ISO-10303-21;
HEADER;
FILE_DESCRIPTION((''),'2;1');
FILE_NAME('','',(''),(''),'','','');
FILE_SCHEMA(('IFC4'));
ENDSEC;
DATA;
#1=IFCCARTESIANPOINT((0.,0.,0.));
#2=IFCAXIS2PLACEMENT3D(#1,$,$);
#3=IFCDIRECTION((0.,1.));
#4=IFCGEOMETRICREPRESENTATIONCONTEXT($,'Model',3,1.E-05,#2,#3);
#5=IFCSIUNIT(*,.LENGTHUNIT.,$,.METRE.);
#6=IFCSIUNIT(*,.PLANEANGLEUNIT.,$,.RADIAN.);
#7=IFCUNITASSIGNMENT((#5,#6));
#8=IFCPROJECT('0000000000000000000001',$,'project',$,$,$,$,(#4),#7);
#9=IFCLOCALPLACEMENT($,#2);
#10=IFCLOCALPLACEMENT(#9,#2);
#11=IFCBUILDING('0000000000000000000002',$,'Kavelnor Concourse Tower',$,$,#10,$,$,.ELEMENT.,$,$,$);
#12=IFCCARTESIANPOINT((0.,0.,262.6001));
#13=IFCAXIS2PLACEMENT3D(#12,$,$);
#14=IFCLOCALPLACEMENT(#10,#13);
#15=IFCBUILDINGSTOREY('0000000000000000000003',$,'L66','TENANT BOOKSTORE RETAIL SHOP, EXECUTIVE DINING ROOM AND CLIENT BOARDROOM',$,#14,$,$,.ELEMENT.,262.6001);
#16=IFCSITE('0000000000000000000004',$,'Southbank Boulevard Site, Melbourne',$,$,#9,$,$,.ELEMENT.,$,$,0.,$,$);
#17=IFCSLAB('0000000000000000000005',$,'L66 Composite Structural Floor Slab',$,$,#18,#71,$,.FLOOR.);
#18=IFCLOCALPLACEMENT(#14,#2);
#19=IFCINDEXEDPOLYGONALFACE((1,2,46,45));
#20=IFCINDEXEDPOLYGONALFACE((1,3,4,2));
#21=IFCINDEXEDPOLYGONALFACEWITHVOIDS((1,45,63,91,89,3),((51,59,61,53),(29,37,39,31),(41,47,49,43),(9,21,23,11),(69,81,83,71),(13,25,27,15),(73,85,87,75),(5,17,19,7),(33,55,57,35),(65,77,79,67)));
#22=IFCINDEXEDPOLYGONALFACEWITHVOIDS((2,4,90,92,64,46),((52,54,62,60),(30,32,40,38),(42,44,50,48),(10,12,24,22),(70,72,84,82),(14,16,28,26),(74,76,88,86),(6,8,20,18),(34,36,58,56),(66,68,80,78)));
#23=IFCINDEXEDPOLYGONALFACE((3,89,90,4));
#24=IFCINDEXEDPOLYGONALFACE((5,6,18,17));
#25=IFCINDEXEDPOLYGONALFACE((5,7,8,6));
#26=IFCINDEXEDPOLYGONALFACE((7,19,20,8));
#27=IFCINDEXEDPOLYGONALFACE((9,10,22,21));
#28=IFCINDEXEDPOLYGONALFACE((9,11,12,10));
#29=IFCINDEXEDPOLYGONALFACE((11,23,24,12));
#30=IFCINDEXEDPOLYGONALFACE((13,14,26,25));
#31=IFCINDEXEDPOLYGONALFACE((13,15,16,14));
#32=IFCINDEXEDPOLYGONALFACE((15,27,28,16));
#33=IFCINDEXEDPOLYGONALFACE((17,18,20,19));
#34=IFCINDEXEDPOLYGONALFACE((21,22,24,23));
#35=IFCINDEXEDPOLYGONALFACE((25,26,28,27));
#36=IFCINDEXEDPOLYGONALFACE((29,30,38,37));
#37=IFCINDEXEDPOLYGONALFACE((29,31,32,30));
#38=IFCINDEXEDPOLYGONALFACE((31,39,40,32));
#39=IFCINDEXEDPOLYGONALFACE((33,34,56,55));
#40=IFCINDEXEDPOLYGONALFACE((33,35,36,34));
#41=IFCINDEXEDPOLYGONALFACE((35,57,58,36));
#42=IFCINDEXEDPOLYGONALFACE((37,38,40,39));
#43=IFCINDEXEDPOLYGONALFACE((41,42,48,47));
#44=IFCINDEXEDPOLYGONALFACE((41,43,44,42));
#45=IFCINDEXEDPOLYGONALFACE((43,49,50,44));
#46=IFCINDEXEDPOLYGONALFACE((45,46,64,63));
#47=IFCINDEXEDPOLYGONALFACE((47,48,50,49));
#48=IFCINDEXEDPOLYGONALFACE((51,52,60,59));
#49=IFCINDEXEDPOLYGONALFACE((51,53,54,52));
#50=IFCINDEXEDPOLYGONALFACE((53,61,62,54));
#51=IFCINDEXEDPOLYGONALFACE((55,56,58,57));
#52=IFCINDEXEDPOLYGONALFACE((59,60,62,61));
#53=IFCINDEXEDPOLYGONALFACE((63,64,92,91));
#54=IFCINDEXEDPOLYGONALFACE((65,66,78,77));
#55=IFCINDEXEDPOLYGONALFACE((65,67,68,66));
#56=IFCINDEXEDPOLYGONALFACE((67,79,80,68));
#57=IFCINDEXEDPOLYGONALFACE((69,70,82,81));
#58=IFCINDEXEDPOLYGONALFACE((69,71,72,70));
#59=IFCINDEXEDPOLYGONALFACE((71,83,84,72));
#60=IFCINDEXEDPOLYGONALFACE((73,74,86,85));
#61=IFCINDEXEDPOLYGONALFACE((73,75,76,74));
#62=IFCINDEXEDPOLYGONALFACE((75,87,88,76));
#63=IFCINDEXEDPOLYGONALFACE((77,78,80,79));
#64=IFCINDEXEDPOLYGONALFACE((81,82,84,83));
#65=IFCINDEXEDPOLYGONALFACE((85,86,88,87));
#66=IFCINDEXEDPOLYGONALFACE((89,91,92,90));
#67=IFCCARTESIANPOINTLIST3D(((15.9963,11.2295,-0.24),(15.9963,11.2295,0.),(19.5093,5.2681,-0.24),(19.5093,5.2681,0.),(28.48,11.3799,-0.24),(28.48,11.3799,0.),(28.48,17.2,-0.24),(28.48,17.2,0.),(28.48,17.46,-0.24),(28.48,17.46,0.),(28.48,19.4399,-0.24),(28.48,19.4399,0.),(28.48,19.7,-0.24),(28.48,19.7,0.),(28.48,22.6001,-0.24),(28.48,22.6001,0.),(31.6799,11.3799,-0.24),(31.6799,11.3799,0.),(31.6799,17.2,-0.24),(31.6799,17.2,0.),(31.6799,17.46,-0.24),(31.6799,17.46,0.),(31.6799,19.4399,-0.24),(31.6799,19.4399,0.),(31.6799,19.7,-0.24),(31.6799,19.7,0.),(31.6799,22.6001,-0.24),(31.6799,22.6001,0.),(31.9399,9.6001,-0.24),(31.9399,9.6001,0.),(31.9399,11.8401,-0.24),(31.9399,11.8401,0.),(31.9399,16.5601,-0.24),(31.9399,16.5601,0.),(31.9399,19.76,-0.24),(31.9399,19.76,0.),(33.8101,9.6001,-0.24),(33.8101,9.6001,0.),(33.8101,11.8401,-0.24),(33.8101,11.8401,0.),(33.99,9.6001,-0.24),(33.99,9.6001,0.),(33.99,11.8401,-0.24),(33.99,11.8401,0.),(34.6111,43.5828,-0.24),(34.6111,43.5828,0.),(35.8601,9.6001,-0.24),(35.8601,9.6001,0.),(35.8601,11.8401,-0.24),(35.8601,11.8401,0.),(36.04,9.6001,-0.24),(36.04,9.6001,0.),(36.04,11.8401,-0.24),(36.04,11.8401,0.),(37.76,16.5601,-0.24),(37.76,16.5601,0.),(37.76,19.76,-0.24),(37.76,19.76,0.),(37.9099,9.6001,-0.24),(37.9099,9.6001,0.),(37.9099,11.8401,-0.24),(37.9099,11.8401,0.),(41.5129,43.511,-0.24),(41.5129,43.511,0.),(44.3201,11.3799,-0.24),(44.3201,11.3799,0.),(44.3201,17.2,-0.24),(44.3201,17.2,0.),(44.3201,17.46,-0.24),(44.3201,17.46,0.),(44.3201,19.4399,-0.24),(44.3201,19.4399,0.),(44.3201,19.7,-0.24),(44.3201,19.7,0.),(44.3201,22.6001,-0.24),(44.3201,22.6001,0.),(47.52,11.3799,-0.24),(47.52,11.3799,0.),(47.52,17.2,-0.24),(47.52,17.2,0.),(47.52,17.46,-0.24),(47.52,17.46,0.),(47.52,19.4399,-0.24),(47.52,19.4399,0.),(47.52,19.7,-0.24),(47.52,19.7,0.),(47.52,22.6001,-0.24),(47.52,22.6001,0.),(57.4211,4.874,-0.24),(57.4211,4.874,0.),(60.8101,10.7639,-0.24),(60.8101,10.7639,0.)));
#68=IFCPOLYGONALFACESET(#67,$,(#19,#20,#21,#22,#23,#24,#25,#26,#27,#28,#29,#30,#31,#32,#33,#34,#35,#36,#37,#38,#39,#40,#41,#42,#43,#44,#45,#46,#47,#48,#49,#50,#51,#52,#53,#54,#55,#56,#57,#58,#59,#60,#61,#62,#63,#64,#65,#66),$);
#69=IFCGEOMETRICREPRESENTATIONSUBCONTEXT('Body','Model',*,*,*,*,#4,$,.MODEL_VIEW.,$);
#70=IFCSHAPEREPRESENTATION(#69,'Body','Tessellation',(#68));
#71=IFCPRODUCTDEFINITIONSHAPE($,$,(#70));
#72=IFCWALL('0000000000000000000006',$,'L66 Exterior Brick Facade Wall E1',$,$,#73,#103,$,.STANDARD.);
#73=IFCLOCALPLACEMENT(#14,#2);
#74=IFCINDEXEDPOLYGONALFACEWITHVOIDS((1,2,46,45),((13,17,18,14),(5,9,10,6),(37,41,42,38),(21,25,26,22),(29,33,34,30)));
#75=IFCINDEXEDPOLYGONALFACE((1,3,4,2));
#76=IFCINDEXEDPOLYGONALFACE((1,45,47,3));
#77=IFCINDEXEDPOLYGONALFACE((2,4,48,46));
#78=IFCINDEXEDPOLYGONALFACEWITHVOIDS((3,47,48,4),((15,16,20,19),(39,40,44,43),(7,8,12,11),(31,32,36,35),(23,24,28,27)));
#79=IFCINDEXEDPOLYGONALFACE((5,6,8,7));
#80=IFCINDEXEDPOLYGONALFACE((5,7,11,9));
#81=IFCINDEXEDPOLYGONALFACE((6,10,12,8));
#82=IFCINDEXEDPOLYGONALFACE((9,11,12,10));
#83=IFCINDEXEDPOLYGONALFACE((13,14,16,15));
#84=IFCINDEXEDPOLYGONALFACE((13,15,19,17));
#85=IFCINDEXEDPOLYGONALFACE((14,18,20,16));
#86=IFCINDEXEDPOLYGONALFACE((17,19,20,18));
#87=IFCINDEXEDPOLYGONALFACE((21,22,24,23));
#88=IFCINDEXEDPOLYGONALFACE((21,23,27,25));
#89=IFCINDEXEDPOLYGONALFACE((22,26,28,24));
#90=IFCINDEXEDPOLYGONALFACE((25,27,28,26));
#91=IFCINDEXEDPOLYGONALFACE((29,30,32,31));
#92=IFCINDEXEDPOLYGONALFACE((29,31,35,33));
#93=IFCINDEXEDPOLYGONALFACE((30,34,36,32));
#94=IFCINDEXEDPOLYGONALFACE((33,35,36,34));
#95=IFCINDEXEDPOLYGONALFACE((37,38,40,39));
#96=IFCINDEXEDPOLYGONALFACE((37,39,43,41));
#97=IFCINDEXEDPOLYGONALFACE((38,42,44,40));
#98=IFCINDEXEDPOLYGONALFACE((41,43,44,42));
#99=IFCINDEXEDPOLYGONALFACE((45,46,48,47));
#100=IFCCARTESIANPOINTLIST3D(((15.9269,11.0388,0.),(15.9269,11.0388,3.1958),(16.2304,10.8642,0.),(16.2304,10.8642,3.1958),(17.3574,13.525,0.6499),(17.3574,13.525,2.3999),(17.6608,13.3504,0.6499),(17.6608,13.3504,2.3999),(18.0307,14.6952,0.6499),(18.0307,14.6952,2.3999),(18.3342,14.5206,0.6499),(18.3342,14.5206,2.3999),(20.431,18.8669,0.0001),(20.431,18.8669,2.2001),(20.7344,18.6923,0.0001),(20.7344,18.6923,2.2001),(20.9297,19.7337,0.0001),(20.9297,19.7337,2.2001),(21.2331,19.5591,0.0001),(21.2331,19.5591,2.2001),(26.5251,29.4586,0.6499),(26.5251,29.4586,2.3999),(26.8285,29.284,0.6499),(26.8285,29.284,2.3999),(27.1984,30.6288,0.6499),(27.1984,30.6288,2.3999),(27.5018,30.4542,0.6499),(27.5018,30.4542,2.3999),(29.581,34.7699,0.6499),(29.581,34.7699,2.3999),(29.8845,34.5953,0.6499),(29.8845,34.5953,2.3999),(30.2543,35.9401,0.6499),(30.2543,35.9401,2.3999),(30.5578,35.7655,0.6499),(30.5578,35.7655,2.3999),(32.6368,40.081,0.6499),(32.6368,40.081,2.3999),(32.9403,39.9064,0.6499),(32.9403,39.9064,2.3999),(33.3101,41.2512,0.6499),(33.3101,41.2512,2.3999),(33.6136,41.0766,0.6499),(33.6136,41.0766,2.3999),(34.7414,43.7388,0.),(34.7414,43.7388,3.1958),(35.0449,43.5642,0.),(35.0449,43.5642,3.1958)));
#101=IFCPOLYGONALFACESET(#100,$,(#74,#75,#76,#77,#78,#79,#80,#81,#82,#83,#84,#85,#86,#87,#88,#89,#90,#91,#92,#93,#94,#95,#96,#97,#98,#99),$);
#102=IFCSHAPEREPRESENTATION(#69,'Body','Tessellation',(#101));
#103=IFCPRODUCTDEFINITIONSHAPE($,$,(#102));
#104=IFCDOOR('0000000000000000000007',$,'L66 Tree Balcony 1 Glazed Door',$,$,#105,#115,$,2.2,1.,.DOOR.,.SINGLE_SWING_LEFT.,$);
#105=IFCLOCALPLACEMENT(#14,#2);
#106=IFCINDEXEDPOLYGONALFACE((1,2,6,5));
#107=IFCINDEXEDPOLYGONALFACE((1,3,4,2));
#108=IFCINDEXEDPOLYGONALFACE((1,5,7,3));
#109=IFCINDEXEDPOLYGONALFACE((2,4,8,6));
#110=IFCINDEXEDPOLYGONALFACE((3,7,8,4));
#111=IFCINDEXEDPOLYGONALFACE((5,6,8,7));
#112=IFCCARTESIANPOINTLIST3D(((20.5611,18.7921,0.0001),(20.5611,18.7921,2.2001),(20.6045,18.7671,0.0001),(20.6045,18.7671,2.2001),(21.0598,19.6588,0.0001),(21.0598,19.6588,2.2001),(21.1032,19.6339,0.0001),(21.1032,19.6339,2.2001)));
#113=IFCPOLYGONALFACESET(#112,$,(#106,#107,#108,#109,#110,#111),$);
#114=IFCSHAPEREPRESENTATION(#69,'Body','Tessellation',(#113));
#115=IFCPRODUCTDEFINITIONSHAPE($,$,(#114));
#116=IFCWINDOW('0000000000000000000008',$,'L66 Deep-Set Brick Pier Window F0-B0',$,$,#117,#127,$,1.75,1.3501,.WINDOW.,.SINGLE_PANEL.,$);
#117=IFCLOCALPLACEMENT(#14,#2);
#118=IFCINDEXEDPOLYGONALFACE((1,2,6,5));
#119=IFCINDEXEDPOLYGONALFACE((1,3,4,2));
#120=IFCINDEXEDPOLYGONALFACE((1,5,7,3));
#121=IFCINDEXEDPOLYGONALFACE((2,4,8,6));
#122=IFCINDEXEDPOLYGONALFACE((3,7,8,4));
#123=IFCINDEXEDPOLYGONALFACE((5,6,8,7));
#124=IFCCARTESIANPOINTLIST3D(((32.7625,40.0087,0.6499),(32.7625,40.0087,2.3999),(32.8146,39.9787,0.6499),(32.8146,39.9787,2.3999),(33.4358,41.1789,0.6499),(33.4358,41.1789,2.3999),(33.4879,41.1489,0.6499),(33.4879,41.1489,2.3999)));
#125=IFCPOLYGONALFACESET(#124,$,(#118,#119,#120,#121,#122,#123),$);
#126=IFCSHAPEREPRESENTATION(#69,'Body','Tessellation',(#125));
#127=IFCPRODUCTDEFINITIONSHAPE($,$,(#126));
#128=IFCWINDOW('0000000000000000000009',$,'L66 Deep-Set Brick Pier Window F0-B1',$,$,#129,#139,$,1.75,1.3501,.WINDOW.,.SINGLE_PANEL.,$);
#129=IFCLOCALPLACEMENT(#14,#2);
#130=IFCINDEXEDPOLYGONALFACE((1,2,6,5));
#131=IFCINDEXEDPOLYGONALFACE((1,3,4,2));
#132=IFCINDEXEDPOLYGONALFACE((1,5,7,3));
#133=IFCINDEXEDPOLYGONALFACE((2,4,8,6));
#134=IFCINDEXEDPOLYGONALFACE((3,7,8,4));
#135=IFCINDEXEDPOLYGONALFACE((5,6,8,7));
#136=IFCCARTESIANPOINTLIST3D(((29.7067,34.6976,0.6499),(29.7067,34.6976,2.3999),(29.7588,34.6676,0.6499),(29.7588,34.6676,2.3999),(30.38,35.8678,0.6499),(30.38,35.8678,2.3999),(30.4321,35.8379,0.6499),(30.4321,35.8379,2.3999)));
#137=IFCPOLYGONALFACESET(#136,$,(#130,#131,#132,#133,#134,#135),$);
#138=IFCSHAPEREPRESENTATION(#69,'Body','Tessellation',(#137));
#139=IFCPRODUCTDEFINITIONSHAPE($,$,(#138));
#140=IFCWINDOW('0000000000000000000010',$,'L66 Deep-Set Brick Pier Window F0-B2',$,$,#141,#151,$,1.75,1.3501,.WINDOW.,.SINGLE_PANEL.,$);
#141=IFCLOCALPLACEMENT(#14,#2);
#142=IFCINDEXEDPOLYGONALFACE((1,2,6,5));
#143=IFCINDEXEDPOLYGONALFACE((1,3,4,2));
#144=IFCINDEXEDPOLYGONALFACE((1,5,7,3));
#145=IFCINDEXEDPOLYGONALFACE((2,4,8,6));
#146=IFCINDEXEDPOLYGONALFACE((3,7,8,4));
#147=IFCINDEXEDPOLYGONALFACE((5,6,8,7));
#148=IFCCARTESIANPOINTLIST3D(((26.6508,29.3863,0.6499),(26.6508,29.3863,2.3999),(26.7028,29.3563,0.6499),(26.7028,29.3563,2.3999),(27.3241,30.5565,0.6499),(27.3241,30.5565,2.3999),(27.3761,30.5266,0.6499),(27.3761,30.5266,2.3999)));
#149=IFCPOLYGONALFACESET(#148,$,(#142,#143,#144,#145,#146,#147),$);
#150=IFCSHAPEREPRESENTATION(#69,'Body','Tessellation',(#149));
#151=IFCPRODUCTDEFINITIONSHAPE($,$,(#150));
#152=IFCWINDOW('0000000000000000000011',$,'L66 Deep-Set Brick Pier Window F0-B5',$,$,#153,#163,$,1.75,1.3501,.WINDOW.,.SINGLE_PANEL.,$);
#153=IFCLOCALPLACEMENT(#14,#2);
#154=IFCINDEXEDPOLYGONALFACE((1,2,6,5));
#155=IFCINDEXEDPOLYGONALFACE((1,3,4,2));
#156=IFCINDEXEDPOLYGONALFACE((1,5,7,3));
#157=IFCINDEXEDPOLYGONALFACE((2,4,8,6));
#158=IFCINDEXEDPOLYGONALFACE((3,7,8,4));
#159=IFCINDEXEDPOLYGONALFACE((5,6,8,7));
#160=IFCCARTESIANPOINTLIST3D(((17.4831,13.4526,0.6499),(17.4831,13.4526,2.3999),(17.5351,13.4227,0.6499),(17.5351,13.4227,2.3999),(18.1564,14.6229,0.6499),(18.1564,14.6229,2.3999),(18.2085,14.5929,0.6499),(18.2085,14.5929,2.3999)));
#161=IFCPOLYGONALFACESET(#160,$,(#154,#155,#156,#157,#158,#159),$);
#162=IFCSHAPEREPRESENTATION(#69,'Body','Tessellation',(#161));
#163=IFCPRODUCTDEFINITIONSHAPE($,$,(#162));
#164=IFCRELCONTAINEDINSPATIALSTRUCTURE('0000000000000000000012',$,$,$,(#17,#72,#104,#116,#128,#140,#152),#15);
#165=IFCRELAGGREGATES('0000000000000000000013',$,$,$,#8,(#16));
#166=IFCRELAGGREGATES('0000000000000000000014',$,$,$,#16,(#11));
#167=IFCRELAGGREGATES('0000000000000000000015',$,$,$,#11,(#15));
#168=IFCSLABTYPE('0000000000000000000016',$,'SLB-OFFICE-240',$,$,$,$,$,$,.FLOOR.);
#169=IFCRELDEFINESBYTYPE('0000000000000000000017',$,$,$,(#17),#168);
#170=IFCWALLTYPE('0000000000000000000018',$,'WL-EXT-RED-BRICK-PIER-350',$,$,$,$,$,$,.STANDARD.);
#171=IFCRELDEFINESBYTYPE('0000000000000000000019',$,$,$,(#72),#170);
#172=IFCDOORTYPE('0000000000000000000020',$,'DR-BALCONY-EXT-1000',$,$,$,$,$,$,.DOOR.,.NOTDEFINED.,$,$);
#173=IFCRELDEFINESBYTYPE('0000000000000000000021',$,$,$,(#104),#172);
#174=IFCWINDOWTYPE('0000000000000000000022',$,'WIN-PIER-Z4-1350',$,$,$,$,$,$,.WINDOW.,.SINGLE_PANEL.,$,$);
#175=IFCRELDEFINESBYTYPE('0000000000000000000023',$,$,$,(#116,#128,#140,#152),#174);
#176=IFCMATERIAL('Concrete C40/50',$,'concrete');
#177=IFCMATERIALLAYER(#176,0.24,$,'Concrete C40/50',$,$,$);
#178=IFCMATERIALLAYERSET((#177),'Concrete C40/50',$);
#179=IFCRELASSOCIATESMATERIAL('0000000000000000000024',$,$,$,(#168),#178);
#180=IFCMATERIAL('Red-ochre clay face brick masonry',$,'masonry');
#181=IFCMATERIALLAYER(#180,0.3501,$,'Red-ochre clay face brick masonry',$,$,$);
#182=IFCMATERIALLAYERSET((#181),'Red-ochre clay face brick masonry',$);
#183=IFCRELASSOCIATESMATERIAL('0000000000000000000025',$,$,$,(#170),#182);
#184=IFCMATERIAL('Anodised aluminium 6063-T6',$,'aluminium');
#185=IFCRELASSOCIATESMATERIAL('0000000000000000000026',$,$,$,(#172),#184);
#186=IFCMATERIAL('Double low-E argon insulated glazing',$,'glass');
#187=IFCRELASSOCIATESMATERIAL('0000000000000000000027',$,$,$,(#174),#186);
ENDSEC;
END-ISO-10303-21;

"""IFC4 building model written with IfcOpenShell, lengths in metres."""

from ifc_helpers import new_model, si_unit, direction, frame, frame_2d, origin, place, context, subcontext, project, spatial, polyline, rectangle, outline, extrude, material, layer, layer_set, type_object, element, fill, save


model = new_model("IFC4")

# Units and contexts
model_context = context("Model", 3, precision=1e-05, world=origin(), true_north=direction((0.0, 1.0)))
body_context = subcontext(model_context, "Body", "Model", "MODEL_VIEW")
ifc_project = project(units=[si_unit("LENGTHUNIT", "METRE"), si_unit("PLANEANGLEUNIT", "RADIAN")], contexts=[model_context])

# Site, building, storey
site_placement = place(None, origin())
site = spatial("IfcSite", under=ifc_project, at=site_placement, Name="Southbank Boulevard Site, Melbourne", CompositionType="ELEMENT", RefElevation=0.0)
building_placement = place(site_placement, origin())
building = spatial("IfcBuilding", under=site, at=building_placement, Name="Kavelnor Concourse Tower", CompositionType="ELEMENT")
storey_placement = place(building_placement, frame((0.0, 0.0, 262.6001)))
storey = spatial("IfcBuildingStorey", under=building, at=storey_placement, Name="L66", Description="TENANT BOOKSTORE RETAIL SHOP, EXECUTIVE DINING ROOM AND CLIENT BOARDROOM", CompositionType="ELEMENT", Elevation=262.6001)

# Shared definitions
ifc_material_1 = material(Name="Concrete C40/50", Category="concrete")

# Slab
ifc_layer_1 = layer(ifc_material_1, 0.24, Name="Concrete C40/50")
ifc_layer_set_1 = layer_set([ifc_layer_1], Name="Concrete C40/50")
slab_type_1 = type_object("IfcSlabType", Name="SLB-OFFICE-240", PredefinedType="FLOOR", material=ifc_layer_set_1)
slab_1_placement = place(storey_placement, frame((0.0, 0.0, -0.24)))
element("IfcSlab", 1, at=slab_1_placement, inside=storey, type_object=slab_type_1, Name="L66 Composite Structural Floor Slab", PredefinedType="FLOOR", context=body_context, shape_type="SweptSolid", body=[
    extrude(outline(polyline([(41.5129, 43.511), (34.6111, 43.5828), (15.9963, 11.2295), (19.5093, 5.2681), (57.4211, 4.874), (60.8101, 10.7639), (41.5129, 43.511)]), holes=[polyline([(28.48, 11.3799), (31.6799, 11.3799), (31.6799, 17.2), (28.48, 17.2), (28.48, 11.3799)]), polyline([(44.3201, 11.3799), (47.52, 11.3799), (47.52, 17.2), (44.3201, 17.2), (44.3201, 11.3799)]), polyline([(31.9399, 16.5601), (37.76, 16.5601), (37.76, 19.76), (31.9399, 19.76), (31.9399, 16.5601)]), polyline([(28.48, 19.7), (31.6799, 19.7), (31.6799, 22.6001), (28.48, 22.6001), (28.48, 19.7)]), polyline([(44.3201, 19.7), (47.52, 19.7), (47.52, 22.6001), (44.3201, 22.6001), (44.3201, 19.7)]), polyline([(31.9399, 9.6001), (33.8101, 9.6001), (33.8101, 11.8401), (31.9399, 11.8401), (31.9399, 9.6001)]), polyline([(33.99, 9.6001), (35.8601, 9.6001), (35.8601, 11.8401), (33.99, 11.8401), (33.99, 9.6001)]), polyline([(36.04, 9.6001), (37.9099, 9.6001), (37.9099, 11.8401), (36.04, 11.8401), (36.04, 9.6001)]), polyline([(28.48, 17.46), (31.6799, 17.46), (31.6799, 19.4399), (28.48, 19.4399), (28.48, 17.46)]), polyline([(44.3201, 17.46), (47.52, 17.46), (47.52, 19.4399), (44.3201, 19.4399), (44.3201, 17.46)])]), origin(), (0.0, 0.0, 1.0), 0.24),
])

# Wall, openings, door, windows
ifc_material_2 = material(Name="Red-ochre clay face brick masonry", Category="masonry")
ifc_layer_2 = layer(ifc_material_2, 0.3501, Name="Red-ochre clay face brick masonry")
ifc_layer_set_2 = layer_set([ifc_layer_2], Name="Red-ochre clay face brick masonry")
wall_type = type_object("IfcWallType", Name="WL-EXT-RED-BRICK-PIER-350", PredefinedType="STANDARD", material=ifc_layer_set_2)
wall_placement = place(storey_placement, frame((16.0786, 10.9514, 0.0), z_axis=(0.0, 0.0, 1.0), x_axis=(0.49871, 0.866769, 0.0)))
wall = element("IfcWall", 2, at=wall_placement, inside=storey, type_object=wall_type, Name="L66 Exterior Brick Facade Wall E1", PredefinedType="STANDARD", context=body_context, shape_type="SweptSolid", body=[
    extrude(rectangle(XDim=37.7263, YDim=0.3501, at=frame_2d((18.8633, 0.0))), origin(), (0.0, 0.0, 1.0), 3.1958),
])
opening_1_placement = place(wall_placement, frame((9.0315, 0.0, 0.0)))
opening_1 = element("IfcOpeningElement", 3, at=opening_1_placement, cuts=wall, PredefinedType="OPENING", context=body_context, shape_type="SweptSolid", body=[
    extrude(rectangle(XDim=1.0, YDim=2.2, at=frame_2d((0.5, 1.1001))), frame((0.0, 0.1851, 0.0), z_axis=(0.0, -1.0, 0.0), x_axis=(1.0, 0.0, 0.0)), (0.0, 0.0, 1.0), 0.3701),
])
opening_2_placement = place(wall_placement, frame((33.5063, 0.0, 0.6499)))
opening_2 = element("IfcOpeningElement", 4, at=opening_2_placement, cuts=wall, PredefinedType="OPENING", context=body_context, shape_type="SweptSolid", body=[
    extrude(rectangle(XDim=1.3501, YDim=1.75, at=frame_2d((0.675, 0.875))), frame((0.0, 0.1851, 0.0), z_axis=(0.0, -1.0, 0.0), x_axis=(1.0, 0.0, 0.0)), (0.0, 0.0, 1.0), 0.3701),
])
opening_3_placement = place(wall_placement, frame((27.3789, 0.0, 0.6499)))
opening_3 = element("IfcOpeningElement", 5, at=opening_3_placement, cuts=wall, PredefinedType="OPENING", context=body_context, shape_type="SweptSolid", body=[
    extrude(rectangle(XDim=1.3501, YDim=1.75, at=frame_2d((0.675, 0.875))), frame((0.0, 0.1851, 0.0), z_axis=(0.0, -1.0, 0.0), x_axis=(1.0, 0.0, 0.0)), (0.0, 0.0, 1.0), 0.3701),
])
opening_4_placement = place(wall_placement, frame((21.2512, 0.0, 0.6499)))
opening_4 = element("IfcOpeningElement", 6, at=opening_4_placement, cuts=wall, PredefinedType="OPENING", context=body_context, shape_type="SweptSolid", body=[
    extrude(rectangle(XDim=1.3501, YDim=1.75, at=frame_2d((0.675, 0.875))), frame((0.0, 0.1851, 0.0), z_axis=(0.0, -1.0, 0.0), x_axis=(1.0, 0.0, 0.0)), (0.0, 0.0, 1.0), 0.3701),
])
opening_5_placement = place(wall_placement, frame((2.8684, 0.0, 0.6499)))
opening_5 = element("IfcOpeningElement", 7, at=opening_5_placement, cuts=wall, PredefinedType="OPENING", context=body_context, shape_type="SweptSolid", body=[
    extrude(rectangle(XDim=1.3501, YDim=1.75, at=frame_2d((0.675, 0.875))), frame((0.0, 0.1851, 0.0), z_axis=(0.0, -1.0, 0.0), x_axis=(1.0, 0.0, 0.0)), (0.0, 0.0, 1.0), 0.3701),
])
ifc_material_3 = material(Name="Anodised aluminium 6063-T6", Category="aluminium")
door_type = type_object("IfcDoorType", Name="DR-BALCONY-EXT-1000", OperationType="NOTDEFINED", PredefinedType="DOOR", material=ifc_material_3)
door_placement = place(opening_1_placement, origin())
door = element("IfcDoor", 8, at=door_placement, inside=storey, type_object=door_type, Name="L66 Tree Balcony 1 Glazed Door", OperationType="SINGLE_SWING_LEFT", OverallHeight=2.2, OverallWidth=1.0, PredefinedType="DOOR", context=body_context, shape_type="SweptSolid", body=[
    extrude(rectangle(XDim=1.0, YDim=2.2, at=frame_2d((0.5, 1.1001))), frame((0.0, 0.0249, 0.0), z_axis=(0.0, -1.0, 0.0), x_axis=(1.0, 0.0, 0.0)), (0.0, 0.0, 1.0), 0.05),
])
fill(opening_1, door)
ifc_material_4 = material(Name="Double low-E argon insulated glazing", Category="glass")
window_type = type_object("IfcWindowType", Name="WIN-PIER-Z4-1350", PartitioningType="SINGLE_PANEL", PredefinedType="WINDOW", material=ifc_material_4)
window_1_placement = place(opening_2_placement, origin())
window_1 = element("IfcWindow", 9, at=window_1_placement, inside=storey, type_object=window_type, Name="L66 Deep-Set Brick Pier Window F0-B0", OverallHeight=1.75, OverallWidth=1.3501, PartitioningType="SINGLE_PANEL", PredefinedType="WINDOW", context=body_context, shape_type="SweptSolid", body=[
    extrude(rectangle(XDim=1.3501, YDim=1.75, at=frame_2d((0.675, 0.875))), frame((0.0, 0.03, 0.0), z_axis=(0.0, -1.0, 0.0), x_axis=(1.0, 0.0, 0.0)), (0.0, 0.0, 1.0), 0.0601),
])
fill(opening_2, window_1)
window_2_placement = place(opening_3_placement, origin())
window_2 = element("IfcWindow", 10, at=window_2_placement, inside=storey, type_object=window_type, Name="L66 Deep-Set Brick Pier Window F0-B1", OverallHeight=1.75, OverallWidth=1.3501, PartitioningType="SINGLE_PANEL", PredefinedType="WINDOW", context=body_context, shape_type="SweptSolid", body=[
    extrude(rectangle(XDim=1.3501, YDim=1.75, at=frame_2d((0.675, 0.875))), frame((0.0, 0.03, 0.0), z_axis=(0.0, -1.0, 0.0), x_axis=(1.0, 0.0, 0.0)), (0.0, 0.0, 1.0), 0.0601),
])
fill(opening_3, window_2)
window_3_placement = place(opening_4_placement, origin())
window_3 = element("IfcWindow", 11, at=window_3_placement, inside=storey, type_object=window_type, Name="L66 Deep-Set Brick Pier Window F0-B2", OverallHeight=1.75, OverallWidth=1.3501, PartitioningType="SINGLE_PANEL", PredefinedType="WINDOW", context=body_context, shape_type="SweptSolid", body=[
    extrude(rectangle(XDim=1.3501, YDim=1.75, at=frame_2d((0.675, 0.875))), frame((0.0, 0.03, 0.0), z_axis=(0.0, -1.0, 0.0), x_axis=(1.0, 0.0, 0.0)), (0.0, 0.0, 1.0), 0.0601),
])
fill(opening_4, window_3)
window_4_placement = place(opening_5_placement, origin())
window_4 = element("IfcWindow", 12, at=window_4_placement, inside=storey, type_object=window_type, Name="L66 Deep-Set Brick Pier Window F0-B5", OverallHeight=1.75, OverallWidth=1.3501, PartitioningType="SINGLE_PANEL", PredefinedType="WINDOW", context=body_context, shape_type="SweptSolid", body=[
    extrude(rectangle(XDim=1.3501, YDim=1.75, at=frame_2d((0.675, 0.875))), frame((0.0, 0.03, 0.0), z_axis=(0.0, -1.0, 0.0), x_axis=(1.0, 0.0, 0.0)), (0.0, 0.0, 1.0), 0.0601),
])
fill(opening_5, window_4)

save(model, "model.ifc")
